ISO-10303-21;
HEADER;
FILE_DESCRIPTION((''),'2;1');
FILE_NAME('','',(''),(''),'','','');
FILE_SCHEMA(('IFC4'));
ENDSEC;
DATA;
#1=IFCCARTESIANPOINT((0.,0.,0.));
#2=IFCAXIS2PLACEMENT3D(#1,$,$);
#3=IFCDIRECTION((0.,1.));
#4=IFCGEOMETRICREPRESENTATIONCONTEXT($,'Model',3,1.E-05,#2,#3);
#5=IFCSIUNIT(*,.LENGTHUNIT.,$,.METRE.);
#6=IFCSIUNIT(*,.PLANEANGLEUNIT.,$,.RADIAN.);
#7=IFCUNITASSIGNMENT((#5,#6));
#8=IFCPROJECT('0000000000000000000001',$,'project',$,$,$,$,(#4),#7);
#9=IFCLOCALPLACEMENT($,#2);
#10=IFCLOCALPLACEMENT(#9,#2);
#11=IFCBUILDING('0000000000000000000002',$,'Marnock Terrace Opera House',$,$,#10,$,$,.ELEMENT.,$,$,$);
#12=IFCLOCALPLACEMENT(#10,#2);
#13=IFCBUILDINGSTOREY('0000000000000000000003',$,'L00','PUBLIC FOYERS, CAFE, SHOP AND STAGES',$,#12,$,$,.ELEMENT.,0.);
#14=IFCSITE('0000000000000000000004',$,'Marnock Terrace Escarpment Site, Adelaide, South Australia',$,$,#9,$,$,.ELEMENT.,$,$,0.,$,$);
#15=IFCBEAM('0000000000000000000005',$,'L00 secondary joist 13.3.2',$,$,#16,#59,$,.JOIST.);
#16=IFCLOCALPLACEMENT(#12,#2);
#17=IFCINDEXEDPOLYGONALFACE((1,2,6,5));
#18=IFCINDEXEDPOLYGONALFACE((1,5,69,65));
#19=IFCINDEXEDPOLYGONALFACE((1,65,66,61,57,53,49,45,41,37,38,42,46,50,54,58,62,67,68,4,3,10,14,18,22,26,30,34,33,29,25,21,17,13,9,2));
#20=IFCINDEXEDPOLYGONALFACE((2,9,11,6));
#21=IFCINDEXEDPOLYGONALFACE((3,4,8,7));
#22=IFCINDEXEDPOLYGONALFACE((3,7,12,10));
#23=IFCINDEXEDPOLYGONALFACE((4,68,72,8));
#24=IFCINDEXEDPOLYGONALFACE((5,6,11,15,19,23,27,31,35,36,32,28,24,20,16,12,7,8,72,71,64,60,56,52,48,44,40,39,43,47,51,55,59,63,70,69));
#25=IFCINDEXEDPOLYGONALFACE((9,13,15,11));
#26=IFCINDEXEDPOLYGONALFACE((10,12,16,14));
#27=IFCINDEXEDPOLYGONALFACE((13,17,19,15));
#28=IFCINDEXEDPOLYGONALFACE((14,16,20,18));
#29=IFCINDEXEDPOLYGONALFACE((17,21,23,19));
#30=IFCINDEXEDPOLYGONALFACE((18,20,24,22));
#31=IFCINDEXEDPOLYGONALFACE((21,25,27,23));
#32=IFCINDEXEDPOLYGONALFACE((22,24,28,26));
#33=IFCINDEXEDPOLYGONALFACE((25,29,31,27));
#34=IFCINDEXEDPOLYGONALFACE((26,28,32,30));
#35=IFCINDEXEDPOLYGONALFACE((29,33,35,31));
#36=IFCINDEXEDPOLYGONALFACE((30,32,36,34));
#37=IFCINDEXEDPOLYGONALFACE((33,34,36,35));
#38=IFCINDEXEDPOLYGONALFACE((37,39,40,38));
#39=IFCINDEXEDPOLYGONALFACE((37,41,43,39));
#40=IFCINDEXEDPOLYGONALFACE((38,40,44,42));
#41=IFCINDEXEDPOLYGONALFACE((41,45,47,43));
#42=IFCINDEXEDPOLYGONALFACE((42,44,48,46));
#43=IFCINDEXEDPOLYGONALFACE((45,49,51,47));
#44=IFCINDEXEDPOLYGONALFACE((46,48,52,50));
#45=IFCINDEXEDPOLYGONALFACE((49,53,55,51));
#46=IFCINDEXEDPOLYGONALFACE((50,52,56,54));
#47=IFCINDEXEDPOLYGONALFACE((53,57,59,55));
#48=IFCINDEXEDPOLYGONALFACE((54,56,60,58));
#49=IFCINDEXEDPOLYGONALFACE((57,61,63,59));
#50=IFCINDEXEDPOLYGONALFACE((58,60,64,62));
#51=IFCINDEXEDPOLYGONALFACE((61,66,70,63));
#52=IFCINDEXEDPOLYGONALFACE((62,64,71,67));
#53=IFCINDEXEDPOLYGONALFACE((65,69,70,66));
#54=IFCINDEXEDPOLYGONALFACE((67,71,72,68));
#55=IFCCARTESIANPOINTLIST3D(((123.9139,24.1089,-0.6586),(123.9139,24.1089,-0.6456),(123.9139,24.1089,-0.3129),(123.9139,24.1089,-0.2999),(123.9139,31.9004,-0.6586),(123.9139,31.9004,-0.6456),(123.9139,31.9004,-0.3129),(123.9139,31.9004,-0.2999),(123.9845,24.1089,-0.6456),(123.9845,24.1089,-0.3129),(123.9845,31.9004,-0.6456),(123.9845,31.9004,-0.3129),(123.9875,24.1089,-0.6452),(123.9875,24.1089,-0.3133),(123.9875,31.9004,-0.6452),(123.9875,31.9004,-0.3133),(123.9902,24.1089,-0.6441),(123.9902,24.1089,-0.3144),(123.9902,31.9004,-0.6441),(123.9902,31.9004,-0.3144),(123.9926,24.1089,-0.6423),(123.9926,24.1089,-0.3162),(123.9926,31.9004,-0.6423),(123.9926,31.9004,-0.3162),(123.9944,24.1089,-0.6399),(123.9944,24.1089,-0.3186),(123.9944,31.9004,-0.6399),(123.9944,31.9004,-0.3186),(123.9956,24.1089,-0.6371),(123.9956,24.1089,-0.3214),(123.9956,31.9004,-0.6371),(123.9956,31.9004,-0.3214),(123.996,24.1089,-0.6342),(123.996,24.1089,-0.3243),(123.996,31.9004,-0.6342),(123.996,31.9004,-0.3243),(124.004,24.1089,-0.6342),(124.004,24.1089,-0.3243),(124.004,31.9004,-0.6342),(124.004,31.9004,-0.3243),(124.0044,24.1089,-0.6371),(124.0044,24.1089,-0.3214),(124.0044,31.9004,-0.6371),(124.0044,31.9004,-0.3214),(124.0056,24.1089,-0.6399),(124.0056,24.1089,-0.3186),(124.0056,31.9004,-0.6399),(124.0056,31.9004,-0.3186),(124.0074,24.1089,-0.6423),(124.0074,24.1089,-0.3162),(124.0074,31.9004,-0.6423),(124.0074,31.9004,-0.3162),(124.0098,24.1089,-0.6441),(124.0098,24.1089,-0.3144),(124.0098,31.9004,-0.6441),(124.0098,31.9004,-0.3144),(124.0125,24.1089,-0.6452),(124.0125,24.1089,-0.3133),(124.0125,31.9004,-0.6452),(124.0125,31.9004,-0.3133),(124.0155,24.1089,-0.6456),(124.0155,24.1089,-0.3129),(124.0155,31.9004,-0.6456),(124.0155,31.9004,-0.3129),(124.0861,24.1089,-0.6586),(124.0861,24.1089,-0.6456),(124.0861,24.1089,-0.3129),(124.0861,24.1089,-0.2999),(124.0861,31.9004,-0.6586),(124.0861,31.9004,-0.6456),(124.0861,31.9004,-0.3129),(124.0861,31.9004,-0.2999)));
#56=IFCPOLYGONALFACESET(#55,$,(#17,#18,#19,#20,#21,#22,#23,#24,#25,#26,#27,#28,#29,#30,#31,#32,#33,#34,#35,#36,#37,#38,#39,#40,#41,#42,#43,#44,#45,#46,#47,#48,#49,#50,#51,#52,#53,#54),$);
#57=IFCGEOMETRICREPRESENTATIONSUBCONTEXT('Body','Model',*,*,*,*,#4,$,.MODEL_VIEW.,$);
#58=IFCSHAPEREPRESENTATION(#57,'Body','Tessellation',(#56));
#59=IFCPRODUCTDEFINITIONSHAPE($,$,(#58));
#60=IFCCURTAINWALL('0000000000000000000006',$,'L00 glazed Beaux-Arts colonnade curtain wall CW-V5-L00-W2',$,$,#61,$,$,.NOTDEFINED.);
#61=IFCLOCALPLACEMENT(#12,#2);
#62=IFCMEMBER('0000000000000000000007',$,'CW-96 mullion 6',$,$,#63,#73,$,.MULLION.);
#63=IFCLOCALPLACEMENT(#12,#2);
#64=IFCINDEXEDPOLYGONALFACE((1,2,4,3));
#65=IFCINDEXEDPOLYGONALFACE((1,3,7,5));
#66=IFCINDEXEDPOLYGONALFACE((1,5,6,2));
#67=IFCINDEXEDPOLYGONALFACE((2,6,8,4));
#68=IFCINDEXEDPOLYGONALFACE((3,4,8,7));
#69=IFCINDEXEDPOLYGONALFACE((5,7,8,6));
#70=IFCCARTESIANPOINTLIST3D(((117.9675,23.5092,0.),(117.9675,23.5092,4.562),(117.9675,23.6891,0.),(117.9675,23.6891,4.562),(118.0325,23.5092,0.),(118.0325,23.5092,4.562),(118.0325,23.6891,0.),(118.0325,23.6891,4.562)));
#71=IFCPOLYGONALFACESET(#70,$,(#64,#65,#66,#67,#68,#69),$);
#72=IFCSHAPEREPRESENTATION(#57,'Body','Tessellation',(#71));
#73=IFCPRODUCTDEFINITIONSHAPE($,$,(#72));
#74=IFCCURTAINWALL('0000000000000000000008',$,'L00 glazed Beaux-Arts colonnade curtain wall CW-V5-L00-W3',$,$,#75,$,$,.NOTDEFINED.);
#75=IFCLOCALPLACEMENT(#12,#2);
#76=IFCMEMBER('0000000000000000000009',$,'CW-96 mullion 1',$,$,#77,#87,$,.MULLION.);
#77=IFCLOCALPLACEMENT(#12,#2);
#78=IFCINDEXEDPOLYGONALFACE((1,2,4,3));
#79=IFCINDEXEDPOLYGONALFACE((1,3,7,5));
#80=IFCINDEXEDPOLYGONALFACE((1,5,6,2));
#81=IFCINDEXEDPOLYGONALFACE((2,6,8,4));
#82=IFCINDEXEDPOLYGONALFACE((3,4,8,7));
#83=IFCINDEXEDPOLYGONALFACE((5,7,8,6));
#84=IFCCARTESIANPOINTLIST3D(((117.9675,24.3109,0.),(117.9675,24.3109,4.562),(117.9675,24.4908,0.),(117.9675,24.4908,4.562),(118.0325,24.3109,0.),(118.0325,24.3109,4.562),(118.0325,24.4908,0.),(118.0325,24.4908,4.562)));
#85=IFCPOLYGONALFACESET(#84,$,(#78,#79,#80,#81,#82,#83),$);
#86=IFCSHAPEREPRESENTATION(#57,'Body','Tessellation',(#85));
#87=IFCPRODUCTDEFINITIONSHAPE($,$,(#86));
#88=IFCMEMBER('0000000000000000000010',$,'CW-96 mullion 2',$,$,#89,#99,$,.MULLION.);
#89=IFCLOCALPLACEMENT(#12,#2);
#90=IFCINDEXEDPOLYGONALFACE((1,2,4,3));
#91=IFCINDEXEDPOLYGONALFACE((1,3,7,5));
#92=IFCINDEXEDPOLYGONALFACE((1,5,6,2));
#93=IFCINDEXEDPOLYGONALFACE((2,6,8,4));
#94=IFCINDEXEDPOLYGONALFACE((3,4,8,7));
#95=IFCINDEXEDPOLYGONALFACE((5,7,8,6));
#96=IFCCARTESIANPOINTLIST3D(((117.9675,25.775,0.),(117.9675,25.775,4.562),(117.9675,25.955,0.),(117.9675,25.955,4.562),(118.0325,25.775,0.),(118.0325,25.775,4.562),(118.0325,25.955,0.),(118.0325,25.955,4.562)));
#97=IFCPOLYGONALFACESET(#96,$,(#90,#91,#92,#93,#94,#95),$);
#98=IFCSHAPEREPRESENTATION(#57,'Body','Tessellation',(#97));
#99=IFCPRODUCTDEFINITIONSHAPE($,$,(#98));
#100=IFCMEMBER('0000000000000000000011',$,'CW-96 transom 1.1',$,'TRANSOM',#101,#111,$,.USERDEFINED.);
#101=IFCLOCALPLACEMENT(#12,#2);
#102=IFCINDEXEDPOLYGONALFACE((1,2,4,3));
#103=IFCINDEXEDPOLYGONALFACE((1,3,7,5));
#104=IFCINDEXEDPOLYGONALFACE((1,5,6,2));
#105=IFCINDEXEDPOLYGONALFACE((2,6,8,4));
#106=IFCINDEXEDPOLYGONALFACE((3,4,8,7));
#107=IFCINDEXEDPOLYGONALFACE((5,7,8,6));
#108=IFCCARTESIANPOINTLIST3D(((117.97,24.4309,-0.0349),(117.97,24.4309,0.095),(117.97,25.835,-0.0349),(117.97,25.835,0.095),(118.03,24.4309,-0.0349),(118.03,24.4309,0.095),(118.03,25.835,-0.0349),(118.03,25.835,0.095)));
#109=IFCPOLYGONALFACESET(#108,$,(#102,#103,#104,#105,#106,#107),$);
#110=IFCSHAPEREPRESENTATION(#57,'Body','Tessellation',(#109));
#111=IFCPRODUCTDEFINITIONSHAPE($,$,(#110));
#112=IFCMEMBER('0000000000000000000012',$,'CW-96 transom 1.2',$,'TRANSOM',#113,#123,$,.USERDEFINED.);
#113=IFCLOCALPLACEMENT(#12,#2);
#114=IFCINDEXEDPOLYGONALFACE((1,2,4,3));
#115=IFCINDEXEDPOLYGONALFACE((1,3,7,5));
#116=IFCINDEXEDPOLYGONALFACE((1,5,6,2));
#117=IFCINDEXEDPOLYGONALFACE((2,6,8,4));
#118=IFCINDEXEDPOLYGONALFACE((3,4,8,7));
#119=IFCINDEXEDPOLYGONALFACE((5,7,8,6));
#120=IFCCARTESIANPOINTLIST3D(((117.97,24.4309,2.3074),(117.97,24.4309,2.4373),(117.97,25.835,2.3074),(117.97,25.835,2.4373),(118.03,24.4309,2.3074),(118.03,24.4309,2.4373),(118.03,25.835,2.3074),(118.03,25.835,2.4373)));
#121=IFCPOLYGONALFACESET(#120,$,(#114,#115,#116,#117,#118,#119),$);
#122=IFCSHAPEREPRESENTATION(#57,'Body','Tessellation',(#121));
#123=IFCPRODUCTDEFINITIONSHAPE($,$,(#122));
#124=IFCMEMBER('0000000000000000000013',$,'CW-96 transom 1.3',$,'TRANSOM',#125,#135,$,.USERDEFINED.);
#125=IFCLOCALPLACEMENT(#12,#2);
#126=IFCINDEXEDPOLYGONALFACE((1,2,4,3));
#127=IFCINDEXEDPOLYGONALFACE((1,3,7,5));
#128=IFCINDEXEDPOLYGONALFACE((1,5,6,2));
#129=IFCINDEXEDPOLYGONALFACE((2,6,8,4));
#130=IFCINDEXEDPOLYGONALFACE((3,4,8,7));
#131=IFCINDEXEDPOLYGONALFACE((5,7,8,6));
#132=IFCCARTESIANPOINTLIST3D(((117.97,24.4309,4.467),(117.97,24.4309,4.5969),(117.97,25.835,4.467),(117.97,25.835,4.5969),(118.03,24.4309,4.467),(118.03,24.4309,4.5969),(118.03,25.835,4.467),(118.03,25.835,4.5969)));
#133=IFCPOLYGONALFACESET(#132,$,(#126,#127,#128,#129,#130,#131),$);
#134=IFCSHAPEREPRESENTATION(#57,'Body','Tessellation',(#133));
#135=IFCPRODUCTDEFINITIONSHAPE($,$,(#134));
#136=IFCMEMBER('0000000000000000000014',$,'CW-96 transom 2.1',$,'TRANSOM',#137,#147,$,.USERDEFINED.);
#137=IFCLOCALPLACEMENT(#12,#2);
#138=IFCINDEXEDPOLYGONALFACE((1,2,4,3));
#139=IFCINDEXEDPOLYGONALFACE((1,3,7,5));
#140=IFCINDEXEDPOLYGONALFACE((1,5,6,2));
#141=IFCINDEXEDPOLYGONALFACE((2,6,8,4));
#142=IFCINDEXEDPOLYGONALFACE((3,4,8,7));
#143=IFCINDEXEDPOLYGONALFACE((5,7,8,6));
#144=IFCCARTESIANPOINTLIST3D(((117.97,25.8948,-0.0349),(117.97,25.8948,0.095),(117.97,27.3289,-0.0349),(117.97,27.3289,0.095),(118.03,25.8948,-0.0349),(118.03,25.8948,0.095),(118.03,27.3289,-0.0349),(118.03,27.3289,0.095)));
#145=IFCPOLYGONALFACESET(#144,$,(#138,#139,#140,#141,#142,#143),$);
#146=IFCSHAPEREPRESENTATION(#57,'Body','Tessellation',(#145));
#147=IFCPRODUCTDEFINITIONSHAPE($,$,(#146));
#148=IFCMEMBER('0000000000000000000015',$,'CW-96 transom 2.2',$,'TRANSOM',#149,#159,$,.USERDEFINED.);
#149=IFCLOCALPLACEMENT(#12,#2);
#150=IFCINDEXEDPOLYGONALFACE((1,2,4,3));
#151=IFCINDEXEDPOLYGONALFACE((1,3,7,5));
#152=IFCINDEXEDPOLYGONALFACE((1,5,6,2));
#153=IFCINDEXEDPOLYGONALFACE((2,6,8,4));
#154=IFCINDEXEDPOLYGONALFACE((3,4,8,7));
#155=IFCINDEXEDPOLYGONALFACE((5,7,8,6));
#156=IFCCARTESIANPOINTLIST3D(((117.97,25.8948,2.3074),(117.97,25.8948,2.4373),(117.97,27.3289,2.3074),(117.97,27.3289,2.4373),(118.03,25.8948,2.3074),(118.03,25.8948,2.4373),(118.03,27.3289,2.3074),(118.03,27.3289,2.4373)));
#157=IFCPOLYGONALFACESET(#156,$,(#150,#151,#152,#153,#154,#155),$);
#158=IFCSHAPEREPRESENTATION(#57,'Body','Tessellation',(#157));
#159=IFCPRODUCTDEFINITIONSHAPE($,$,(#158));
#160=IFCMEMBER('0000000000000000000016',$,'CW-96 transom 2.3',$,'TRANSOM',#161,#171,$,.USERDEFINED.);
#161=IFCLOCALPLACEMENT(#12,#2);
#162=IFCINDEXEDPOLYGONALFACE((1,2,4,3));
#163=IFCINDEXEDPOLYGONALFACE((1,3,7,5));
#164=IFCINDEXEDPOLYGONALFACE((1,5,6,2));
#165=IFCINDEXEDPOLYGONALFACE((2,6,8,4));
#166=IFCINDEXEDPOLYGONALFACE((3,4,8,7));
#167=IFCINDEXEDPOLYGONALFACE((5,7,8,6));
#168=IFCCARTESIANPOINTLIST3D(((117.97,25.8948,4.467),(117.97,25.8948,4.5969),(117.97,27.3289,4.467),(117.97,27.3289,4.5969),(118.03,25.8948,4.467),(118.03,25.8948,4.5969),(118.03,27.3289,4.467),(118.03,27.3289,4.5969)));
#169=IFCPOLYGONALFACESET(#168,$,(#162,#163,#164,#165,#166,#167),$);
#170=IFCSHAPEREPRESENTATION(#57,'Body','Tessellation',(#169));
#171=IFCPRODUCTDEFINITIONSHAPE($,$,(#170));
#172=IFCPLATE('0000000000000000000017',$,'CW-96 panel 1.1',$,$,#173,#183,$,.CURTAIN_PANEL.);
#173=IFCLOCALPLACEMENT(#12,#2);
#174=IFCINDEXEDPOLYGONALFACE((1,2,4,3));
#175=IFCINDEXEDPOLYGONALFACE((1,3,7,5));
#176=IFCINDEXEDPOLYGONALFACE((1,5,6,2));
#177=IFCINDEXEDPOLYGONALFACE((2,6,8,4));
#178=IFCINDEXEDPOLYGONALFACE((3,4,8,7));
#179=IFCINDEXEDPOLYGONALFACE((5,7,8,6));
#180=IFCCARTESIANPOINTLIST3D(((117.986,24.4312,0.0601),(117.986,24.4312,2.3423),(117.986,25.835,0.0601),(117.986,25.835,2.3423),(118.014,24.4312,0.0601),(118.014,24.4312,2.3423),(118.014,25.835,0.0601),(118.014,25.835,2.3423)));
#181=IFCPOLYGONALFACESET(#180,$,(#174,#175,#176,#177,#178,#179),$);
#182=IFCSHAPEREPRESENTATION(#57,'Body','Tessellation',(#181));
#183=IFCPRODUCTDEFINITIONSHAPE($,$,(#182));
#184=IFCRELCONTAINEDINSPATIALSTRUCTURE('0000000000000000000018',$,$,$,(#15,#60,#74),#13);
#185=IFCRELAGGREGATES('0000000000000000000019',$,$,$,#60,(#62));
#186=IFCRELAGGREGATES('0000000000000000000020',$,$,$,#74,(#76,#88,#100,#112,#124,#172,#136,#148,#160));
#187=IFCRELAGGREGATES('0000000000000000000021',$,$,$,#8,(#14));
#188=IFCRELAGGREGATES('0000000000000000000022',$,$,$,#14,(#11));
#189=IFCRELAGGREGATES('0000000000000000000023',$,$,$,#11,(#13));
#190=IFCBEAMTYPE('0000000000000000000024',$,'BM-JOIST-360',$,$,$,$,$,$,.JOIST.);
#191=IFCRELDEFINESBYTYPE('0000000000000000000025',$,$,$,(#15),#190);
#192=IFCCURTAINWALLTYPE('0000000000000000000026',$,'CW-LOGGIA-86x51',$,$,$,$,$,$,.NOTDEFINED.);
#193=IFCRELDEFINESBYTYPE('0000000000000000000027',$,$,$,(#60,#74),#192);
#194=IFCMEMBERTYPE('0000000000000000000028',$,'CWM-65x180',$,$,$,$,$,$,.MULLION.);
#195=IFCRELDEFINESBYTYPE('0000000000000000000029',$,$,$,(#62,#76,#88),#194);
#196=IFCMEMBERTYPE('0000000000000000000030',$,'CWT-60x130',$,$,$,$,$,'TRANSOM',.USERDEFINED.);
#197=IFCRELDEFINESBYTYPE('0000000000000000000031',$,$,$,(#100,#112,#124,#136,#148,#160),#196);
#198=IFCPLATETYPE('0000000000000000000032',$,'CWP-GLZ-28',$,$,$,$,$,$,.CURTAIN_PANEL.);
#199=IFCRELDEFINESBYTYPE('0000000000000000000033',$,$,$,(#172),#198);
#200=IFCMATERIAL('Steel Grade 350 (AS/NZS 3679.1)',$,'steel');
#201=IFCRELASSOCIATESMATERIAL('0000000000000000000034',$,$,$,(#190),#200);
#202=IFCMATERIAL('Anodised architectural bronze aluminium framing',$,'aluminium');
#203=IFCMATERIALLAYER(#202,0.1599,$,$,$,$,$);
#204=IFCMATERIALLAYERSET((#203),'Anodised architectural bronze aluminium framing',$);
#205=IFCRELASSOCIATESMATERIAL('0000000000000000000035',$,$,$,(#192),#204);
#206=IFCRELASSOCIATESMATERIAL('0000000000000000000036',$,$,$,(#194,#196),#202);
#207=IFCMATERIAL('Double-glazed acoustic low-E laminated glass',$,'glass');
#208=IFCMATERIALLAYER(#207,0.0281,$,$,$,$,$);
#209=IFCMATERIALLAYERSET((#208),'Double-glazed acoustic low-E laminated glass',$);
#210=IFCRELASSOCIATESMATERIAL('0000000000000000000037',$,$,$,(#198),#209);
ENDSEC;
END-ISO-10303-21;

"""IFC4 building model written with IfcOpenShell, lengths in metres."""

from ifc_helpers import new_model, si_unit, direction, frame, origin, origin_2d, place, context, subcontext, project, spatial, rectangle, i_section, extrude, material, layer, layer_set, material_profile, profile_set, type_object, element, aggregate, save


model = new_model("IFC4")

# Units and contexts
model_context = context("Model", 3, precision=1e-05, world=origin(), true_north=direction((0.0, 1.0)))
body_context = subcontext(model_context, "Body", "Model", "MODEL_VIEW")
ifc_project = project(units=[si_unit("LENGTHUNIT", "METRE"), si_unit("PLANEANGLEUNIT", "RADIAN")], contexts=[model_context])

# Site, building, storey
site_placement = place(None, origin())
site = spatial("IfcSite", under=ifc_project, at=site_placement, Name="Marnock Terrace Escarpment Site, Adelaide, South Australia", CompositionType="ELEMENT", RefElevation=0.0)
building_placement = place(site_placement, origin())
building = spatial("IfcBuilding", under=site, at=building_placement, Name="Marnock Terrace Opera House", CompositionType="ELEMENT")
storey_placement = place(building_placement, origin())
storey = spatial("IfcBuildingStorey", under=building, at=storey_placement, Name="L00", Description="PUBLIC FOYERS, CAFE, SHOP AND STAGES", CompositionType="ELEMENT", Elevation=0.0)

# Beam
ifc_material_1 = material(Name="Steel Grade 350 (AS/NZS 3679.1)", Category="steel")
ifc_material_profile_1 = material_profile(ifc_material_1, i_section(OverallWidth=0.1721, OverallDepth=0.3586, WebThickness=0.0081, FlangeThickness=0.0129, FilletRadius=0.0115, at=origin_2d()))
ifc_profile_set_1 = profile_set([ifc_material_profile_1], Name="Steel Grade 350 (AS/NZS 3679.1)")
beam_type_1 = type_object("IfcBeamType", Name="BM-JOIST-360", PredefinedType="JOIST", material=ifc_profile_set_1)
for number, where, z_axis, x_axis, name in (
    (1, (124.0, 24.1089, -0.4792), (0.0, 1.0, 0.0), (-1.0, 0.0, 0.0), "L00 secondary joist 13.3.2"),
):
    element("IfcBeam", number, at=place(storey_placement, frame(where, z_axis=z_axis, x_axis=x_axis)), inside=storey, type_object=beam_type_1, Name=name, PredefinedType="JOIST", context=body_context, shape_type="SweptSolid", body=[
        extrude(i_section(OverallWidth=0.1721, OverallDepth=0.3586, WebThickness=0.0081, FlangeThickness=0.0129, FilletRadius=0.0115, at=origin_2d()), origin(), (0.0, 0.0, 1.0), 7.7915),
    ])

# Curtain wall, member
ifc_material_2 = material(Name="Anodised architectural bronze aluminium framing", Category="aluminium")
ifc_layer_1 = layer(ifc_material_2, 0.1599)
ifc_layer_set_1 = layer_set([ifc_layer_1], Name="Anodised architectural bronze aluminium framing")
curtain_wall_type = type_object("IfcCurtainWallType", Name="CW-LOGGIA-86x51", PredefinedType="NOTDEFINED", material=ifc_layer_set_1)
curtain_wall_1_placement = place(storey_placement, origin())
curtain_wall_1 = element("IfcCurtainWall", 2, at=curtain_wall_1_placement, inside=storey, type_object=curtain_wall_type, Name="L00 glazed Beaux-Arts colonnade curtain wall CW-V5-L00-W2", PredefinedType="NOTDEFINED")
ifc_material_profile_2 = material_profile(ifc_material_2, rectangle(XDim=0.0649, YDim=0.1799, at=origin_2d()))
ifc_profile_set_2 = profile_set([ifc_material_profile_2], Name="Anodised architectural bronze aluminium framing")
member_type_1 = type_object("IfcMemberType", Name="CWM-65x180", PredefinedType="MULLION", material=ifc_profile_set_2)
member_1_placement = place(storey_placement, frame((118.0, 23.5991, 0.0), z_axis=(0.0, 0.0, 1.0), x_axis=(-1.0, 0.0, 0.0)))
member_1 = element("IfcMember", 3, at=member_1_placement, type_object=member_type_1, Name="CW-96 mullion 6", PredefinedType="MULLION", context=body_context, shape_type="SweptSolid", body=[
    extrude(rectangle(XDim=0.0649, YDim=0.1799, at=origin_2d()), origin(), (0.0, 0.0, 1.0), 4.562),
])
aggregate(curtain_wall_1, [member_1])

# Curtain wall, members, plate
curtain_wall_2_placement = place(storey_placement, origin())
curtain_wall_2 = element("IfcCurtainWall", 4, at=curtain_wall_2_placement, inside=storey, type_object=curtain_wall_type, Name="L00 glazed Beaux-Arts colonnade curtain wall CW-V5-L00-W3", PredefinedType="NOTDEFINED")
member_2_placement = place(storey_placement, frame((118.0, 24.4009, 0.0), z_axis=(0.0, 0.0, 1.0), x_axis=(-1.0, 0.0, 0.0)))
member_2 = element("IfcMember", 5, at=member_2_placement, type_object=member_type_1, Name="CW-96 mullion 1", PredefinedType="MULLION", context=body_context, shape_type="SweptSolid", body=[
    extrude(rectangle(XDim=0.0649, YDim=0.1799, at=origin_2d()), origin(), (0.0, 0.0, 1.0), 4.562),
])
member_3_placement = place(storey_placement, frame((118.0, 25.865, 0.0), z_axis=(0.0, 0.0, 1.0), x_axis=(-1.0, 0.0, 0.0)))
member_3 = element("IfcMember", 6, at=member_3_placement, type_object=member_type_1, Name="CW-96 mullion 2", PredefinedType="MULLION", context=body_context, shape_type="SweptSolid", body=[
    extrude(rectangle(XDim=0.0649, YDim=0.1799, at=origin_2d()), origin(), (0.0, 0.0, 1.0), 4.562),
])
ifc_material_profile_3 = material_profile(ifc_material_2, rectangle(XDim=0.0601, YDim=0.1299, at=origin_2d()))
ifc_profile_set_3 = profile_set([ifc_material_profile_3], Name="Anodised architectural bronze aluminium framing")
member_type_2 = type_object("IfcMemberType", Name="CWT-60x130", ElementType="TRANSOM", PredefinedType="USERDEFINED", material=ifc_profile_set_3)
member_4_placement = place(storey_placement, frame((118.0, 24.4309, 0.03), z_axis=(0.0, 1.0, 0.0), x_axis=(-1.0, 0.0, 0.0)))
member_4 = element("IfcMember", 7, at=member_4_placement, type_object=member_type_2, Name="CW-96 transom 1.1", ObjectType="TRANSOM", PredefinedType="USERDEFINED", context=body_context, shape_type="SweptSolid", body=[
    extrude(rectangle(XDim=0.0601, YDim=0.1299, at=origin_2d()), origin(), (0.0, 0.0, 1.0), 1.4041),
])
member_5_placement = place(storey_placement, frame((118.0, 24.4309, 2.3723), z_axis=(0.0, 1.0, 0.0), x_axis=(-1.0, 0.0, 0.0)))
member_5 = element("IfcMember", 8, at=member_5_placement, type_object=member_type_2, Name="CW-96 transom 1.2", ObjectType="TRANSOM", PredefinedType="USERDEFINED", context=body_context, shape_type="SweptSolid", body=[
    extrude(rectangle(XDim=0.0601, YDim=0.1299, at=origin_2d()), origin(), (0.0, 0.0, 1.0), 1.4041),
])
member_6_placement = place(storey_placement, frame((118.0, 24.4309, 4.532), z_axis=(0.0, 1.0, 0.0), x_axis=(-1.0, 0.0, 0.0)))
member_6 = element("IfcMember", 9, at=member_6_placement, type_object=member_type_2, Name="CW-96 transom 1.3", ObjectType="TRANSOM", PredefinedType="USERDEFINED", context=body_context, shape_type="SweptSolid", body=[
    extrude(rectangle(XDim=0.0601, YDim=0.1299, at=origin_2d()), origin(), (0.0, 0.0, 1.0), 1.4041),
])
member_7_placement = place(storey_placement, frame((118.0, 25.8948, 0.03), z_axis=(0.0, 1.0, 0.0), x_axis=(-1.0, 0.0, 0.0)))
member_7 = element("IfcMember", 10, at=member_7_placement, type_object=member_type_2, Name="CW-96 transom 2.1", ObjectType="TRANSOM", PredefinedType="USERDEFINED", context=body_context, shape_type="SweptSolid", body=[
    extrude(rectangle(XDim=0.0601, YDim=0.1299, at=origin_2d()), origin(), (0.0, 0.0, 1.0), 1.4341),
])
member_8_placement = place(storey_placement, frame((118.0, 25.8948, 2.3723), z_axis=(0.0, 1.0, 0.0), x_axis=(-1.0, 0.0, 0.0)))
member_8 = element("IfcMember", 11, at=member_8_placement, type_object=member_type_2, Name="CW-96 transom 2.2", ObjectType="TRANSOM", PredefinedType="USERDEFINED", context=body_context, shape_type="SweptSolid", body=[
    extrude(rectangle(XDim=0.0601, YDim=0.1299, at=origin_2d()), origin(), (0.0, 0.0, 1.0), 1.4341),
])
member_9_placement = place(storey_placement, frame((118.0, 25.8948, 4.532), z_axis=(0.0, 1.0, 0.0), x_axis=(-1.0, 0.0, 0.0)))
member_9 = element("IfcMember", 12, at=member_9_placement, type_object=member_type_2, Name="CW-96 transom 2.3", ObjectType="TRANSOM", PredefinedType="USERDEFINED", context=body_context, shape_type="SweptSolid", body=[
    extrude(rectangle(XDim=0.0601, YDim=0.1299, at=origin_2d()), origin(), (0.0, 0.0, 1.0), 1.4341),
])
ifc_material_3 = material(Name="Double-glazed acoustic low-E laminated glass", Category="glass")
ifc_layer_2 = layer(ifc_material_3, 0.0281)
ifc_layer_set_2 = layer_set([ifc_layer_2], Name="Double-glazed acoustic low-E laminated glass")
plate_type = type_object("IfcPlateType", Name="CWP-GLZ-28", PredefinedType="CURTAIN_PANEL", material=ifc_layer_set_2)
plate_1_placement = place(storey_placement, frame((118.0, 25.1331, 0.0601), z_axis=(0.0, 0.0, 1.0), x_axis=(0.0, 1.0, 0.0)))
plate_1 = element("IfcPlate", 13, at=plate_1_placement, type_object=plate_type, Name="CW-96 panel 1.1", PredefinedType="CURTAIN_PANEL", context=body_context, shape_type="SweptSolid", body=[
    extrude(rectangle(XDim=1.4038, YDim=0.0281, at=origin_2d()), origin(), (0.0, 0.0, 1.0), 2.2822),
])
aggregate(curtain_wall_2, [member_2, member_3, member_4, member_5, member_6, plate_1, member_7, member_8, member_9])

save(model, "model.ifc")
